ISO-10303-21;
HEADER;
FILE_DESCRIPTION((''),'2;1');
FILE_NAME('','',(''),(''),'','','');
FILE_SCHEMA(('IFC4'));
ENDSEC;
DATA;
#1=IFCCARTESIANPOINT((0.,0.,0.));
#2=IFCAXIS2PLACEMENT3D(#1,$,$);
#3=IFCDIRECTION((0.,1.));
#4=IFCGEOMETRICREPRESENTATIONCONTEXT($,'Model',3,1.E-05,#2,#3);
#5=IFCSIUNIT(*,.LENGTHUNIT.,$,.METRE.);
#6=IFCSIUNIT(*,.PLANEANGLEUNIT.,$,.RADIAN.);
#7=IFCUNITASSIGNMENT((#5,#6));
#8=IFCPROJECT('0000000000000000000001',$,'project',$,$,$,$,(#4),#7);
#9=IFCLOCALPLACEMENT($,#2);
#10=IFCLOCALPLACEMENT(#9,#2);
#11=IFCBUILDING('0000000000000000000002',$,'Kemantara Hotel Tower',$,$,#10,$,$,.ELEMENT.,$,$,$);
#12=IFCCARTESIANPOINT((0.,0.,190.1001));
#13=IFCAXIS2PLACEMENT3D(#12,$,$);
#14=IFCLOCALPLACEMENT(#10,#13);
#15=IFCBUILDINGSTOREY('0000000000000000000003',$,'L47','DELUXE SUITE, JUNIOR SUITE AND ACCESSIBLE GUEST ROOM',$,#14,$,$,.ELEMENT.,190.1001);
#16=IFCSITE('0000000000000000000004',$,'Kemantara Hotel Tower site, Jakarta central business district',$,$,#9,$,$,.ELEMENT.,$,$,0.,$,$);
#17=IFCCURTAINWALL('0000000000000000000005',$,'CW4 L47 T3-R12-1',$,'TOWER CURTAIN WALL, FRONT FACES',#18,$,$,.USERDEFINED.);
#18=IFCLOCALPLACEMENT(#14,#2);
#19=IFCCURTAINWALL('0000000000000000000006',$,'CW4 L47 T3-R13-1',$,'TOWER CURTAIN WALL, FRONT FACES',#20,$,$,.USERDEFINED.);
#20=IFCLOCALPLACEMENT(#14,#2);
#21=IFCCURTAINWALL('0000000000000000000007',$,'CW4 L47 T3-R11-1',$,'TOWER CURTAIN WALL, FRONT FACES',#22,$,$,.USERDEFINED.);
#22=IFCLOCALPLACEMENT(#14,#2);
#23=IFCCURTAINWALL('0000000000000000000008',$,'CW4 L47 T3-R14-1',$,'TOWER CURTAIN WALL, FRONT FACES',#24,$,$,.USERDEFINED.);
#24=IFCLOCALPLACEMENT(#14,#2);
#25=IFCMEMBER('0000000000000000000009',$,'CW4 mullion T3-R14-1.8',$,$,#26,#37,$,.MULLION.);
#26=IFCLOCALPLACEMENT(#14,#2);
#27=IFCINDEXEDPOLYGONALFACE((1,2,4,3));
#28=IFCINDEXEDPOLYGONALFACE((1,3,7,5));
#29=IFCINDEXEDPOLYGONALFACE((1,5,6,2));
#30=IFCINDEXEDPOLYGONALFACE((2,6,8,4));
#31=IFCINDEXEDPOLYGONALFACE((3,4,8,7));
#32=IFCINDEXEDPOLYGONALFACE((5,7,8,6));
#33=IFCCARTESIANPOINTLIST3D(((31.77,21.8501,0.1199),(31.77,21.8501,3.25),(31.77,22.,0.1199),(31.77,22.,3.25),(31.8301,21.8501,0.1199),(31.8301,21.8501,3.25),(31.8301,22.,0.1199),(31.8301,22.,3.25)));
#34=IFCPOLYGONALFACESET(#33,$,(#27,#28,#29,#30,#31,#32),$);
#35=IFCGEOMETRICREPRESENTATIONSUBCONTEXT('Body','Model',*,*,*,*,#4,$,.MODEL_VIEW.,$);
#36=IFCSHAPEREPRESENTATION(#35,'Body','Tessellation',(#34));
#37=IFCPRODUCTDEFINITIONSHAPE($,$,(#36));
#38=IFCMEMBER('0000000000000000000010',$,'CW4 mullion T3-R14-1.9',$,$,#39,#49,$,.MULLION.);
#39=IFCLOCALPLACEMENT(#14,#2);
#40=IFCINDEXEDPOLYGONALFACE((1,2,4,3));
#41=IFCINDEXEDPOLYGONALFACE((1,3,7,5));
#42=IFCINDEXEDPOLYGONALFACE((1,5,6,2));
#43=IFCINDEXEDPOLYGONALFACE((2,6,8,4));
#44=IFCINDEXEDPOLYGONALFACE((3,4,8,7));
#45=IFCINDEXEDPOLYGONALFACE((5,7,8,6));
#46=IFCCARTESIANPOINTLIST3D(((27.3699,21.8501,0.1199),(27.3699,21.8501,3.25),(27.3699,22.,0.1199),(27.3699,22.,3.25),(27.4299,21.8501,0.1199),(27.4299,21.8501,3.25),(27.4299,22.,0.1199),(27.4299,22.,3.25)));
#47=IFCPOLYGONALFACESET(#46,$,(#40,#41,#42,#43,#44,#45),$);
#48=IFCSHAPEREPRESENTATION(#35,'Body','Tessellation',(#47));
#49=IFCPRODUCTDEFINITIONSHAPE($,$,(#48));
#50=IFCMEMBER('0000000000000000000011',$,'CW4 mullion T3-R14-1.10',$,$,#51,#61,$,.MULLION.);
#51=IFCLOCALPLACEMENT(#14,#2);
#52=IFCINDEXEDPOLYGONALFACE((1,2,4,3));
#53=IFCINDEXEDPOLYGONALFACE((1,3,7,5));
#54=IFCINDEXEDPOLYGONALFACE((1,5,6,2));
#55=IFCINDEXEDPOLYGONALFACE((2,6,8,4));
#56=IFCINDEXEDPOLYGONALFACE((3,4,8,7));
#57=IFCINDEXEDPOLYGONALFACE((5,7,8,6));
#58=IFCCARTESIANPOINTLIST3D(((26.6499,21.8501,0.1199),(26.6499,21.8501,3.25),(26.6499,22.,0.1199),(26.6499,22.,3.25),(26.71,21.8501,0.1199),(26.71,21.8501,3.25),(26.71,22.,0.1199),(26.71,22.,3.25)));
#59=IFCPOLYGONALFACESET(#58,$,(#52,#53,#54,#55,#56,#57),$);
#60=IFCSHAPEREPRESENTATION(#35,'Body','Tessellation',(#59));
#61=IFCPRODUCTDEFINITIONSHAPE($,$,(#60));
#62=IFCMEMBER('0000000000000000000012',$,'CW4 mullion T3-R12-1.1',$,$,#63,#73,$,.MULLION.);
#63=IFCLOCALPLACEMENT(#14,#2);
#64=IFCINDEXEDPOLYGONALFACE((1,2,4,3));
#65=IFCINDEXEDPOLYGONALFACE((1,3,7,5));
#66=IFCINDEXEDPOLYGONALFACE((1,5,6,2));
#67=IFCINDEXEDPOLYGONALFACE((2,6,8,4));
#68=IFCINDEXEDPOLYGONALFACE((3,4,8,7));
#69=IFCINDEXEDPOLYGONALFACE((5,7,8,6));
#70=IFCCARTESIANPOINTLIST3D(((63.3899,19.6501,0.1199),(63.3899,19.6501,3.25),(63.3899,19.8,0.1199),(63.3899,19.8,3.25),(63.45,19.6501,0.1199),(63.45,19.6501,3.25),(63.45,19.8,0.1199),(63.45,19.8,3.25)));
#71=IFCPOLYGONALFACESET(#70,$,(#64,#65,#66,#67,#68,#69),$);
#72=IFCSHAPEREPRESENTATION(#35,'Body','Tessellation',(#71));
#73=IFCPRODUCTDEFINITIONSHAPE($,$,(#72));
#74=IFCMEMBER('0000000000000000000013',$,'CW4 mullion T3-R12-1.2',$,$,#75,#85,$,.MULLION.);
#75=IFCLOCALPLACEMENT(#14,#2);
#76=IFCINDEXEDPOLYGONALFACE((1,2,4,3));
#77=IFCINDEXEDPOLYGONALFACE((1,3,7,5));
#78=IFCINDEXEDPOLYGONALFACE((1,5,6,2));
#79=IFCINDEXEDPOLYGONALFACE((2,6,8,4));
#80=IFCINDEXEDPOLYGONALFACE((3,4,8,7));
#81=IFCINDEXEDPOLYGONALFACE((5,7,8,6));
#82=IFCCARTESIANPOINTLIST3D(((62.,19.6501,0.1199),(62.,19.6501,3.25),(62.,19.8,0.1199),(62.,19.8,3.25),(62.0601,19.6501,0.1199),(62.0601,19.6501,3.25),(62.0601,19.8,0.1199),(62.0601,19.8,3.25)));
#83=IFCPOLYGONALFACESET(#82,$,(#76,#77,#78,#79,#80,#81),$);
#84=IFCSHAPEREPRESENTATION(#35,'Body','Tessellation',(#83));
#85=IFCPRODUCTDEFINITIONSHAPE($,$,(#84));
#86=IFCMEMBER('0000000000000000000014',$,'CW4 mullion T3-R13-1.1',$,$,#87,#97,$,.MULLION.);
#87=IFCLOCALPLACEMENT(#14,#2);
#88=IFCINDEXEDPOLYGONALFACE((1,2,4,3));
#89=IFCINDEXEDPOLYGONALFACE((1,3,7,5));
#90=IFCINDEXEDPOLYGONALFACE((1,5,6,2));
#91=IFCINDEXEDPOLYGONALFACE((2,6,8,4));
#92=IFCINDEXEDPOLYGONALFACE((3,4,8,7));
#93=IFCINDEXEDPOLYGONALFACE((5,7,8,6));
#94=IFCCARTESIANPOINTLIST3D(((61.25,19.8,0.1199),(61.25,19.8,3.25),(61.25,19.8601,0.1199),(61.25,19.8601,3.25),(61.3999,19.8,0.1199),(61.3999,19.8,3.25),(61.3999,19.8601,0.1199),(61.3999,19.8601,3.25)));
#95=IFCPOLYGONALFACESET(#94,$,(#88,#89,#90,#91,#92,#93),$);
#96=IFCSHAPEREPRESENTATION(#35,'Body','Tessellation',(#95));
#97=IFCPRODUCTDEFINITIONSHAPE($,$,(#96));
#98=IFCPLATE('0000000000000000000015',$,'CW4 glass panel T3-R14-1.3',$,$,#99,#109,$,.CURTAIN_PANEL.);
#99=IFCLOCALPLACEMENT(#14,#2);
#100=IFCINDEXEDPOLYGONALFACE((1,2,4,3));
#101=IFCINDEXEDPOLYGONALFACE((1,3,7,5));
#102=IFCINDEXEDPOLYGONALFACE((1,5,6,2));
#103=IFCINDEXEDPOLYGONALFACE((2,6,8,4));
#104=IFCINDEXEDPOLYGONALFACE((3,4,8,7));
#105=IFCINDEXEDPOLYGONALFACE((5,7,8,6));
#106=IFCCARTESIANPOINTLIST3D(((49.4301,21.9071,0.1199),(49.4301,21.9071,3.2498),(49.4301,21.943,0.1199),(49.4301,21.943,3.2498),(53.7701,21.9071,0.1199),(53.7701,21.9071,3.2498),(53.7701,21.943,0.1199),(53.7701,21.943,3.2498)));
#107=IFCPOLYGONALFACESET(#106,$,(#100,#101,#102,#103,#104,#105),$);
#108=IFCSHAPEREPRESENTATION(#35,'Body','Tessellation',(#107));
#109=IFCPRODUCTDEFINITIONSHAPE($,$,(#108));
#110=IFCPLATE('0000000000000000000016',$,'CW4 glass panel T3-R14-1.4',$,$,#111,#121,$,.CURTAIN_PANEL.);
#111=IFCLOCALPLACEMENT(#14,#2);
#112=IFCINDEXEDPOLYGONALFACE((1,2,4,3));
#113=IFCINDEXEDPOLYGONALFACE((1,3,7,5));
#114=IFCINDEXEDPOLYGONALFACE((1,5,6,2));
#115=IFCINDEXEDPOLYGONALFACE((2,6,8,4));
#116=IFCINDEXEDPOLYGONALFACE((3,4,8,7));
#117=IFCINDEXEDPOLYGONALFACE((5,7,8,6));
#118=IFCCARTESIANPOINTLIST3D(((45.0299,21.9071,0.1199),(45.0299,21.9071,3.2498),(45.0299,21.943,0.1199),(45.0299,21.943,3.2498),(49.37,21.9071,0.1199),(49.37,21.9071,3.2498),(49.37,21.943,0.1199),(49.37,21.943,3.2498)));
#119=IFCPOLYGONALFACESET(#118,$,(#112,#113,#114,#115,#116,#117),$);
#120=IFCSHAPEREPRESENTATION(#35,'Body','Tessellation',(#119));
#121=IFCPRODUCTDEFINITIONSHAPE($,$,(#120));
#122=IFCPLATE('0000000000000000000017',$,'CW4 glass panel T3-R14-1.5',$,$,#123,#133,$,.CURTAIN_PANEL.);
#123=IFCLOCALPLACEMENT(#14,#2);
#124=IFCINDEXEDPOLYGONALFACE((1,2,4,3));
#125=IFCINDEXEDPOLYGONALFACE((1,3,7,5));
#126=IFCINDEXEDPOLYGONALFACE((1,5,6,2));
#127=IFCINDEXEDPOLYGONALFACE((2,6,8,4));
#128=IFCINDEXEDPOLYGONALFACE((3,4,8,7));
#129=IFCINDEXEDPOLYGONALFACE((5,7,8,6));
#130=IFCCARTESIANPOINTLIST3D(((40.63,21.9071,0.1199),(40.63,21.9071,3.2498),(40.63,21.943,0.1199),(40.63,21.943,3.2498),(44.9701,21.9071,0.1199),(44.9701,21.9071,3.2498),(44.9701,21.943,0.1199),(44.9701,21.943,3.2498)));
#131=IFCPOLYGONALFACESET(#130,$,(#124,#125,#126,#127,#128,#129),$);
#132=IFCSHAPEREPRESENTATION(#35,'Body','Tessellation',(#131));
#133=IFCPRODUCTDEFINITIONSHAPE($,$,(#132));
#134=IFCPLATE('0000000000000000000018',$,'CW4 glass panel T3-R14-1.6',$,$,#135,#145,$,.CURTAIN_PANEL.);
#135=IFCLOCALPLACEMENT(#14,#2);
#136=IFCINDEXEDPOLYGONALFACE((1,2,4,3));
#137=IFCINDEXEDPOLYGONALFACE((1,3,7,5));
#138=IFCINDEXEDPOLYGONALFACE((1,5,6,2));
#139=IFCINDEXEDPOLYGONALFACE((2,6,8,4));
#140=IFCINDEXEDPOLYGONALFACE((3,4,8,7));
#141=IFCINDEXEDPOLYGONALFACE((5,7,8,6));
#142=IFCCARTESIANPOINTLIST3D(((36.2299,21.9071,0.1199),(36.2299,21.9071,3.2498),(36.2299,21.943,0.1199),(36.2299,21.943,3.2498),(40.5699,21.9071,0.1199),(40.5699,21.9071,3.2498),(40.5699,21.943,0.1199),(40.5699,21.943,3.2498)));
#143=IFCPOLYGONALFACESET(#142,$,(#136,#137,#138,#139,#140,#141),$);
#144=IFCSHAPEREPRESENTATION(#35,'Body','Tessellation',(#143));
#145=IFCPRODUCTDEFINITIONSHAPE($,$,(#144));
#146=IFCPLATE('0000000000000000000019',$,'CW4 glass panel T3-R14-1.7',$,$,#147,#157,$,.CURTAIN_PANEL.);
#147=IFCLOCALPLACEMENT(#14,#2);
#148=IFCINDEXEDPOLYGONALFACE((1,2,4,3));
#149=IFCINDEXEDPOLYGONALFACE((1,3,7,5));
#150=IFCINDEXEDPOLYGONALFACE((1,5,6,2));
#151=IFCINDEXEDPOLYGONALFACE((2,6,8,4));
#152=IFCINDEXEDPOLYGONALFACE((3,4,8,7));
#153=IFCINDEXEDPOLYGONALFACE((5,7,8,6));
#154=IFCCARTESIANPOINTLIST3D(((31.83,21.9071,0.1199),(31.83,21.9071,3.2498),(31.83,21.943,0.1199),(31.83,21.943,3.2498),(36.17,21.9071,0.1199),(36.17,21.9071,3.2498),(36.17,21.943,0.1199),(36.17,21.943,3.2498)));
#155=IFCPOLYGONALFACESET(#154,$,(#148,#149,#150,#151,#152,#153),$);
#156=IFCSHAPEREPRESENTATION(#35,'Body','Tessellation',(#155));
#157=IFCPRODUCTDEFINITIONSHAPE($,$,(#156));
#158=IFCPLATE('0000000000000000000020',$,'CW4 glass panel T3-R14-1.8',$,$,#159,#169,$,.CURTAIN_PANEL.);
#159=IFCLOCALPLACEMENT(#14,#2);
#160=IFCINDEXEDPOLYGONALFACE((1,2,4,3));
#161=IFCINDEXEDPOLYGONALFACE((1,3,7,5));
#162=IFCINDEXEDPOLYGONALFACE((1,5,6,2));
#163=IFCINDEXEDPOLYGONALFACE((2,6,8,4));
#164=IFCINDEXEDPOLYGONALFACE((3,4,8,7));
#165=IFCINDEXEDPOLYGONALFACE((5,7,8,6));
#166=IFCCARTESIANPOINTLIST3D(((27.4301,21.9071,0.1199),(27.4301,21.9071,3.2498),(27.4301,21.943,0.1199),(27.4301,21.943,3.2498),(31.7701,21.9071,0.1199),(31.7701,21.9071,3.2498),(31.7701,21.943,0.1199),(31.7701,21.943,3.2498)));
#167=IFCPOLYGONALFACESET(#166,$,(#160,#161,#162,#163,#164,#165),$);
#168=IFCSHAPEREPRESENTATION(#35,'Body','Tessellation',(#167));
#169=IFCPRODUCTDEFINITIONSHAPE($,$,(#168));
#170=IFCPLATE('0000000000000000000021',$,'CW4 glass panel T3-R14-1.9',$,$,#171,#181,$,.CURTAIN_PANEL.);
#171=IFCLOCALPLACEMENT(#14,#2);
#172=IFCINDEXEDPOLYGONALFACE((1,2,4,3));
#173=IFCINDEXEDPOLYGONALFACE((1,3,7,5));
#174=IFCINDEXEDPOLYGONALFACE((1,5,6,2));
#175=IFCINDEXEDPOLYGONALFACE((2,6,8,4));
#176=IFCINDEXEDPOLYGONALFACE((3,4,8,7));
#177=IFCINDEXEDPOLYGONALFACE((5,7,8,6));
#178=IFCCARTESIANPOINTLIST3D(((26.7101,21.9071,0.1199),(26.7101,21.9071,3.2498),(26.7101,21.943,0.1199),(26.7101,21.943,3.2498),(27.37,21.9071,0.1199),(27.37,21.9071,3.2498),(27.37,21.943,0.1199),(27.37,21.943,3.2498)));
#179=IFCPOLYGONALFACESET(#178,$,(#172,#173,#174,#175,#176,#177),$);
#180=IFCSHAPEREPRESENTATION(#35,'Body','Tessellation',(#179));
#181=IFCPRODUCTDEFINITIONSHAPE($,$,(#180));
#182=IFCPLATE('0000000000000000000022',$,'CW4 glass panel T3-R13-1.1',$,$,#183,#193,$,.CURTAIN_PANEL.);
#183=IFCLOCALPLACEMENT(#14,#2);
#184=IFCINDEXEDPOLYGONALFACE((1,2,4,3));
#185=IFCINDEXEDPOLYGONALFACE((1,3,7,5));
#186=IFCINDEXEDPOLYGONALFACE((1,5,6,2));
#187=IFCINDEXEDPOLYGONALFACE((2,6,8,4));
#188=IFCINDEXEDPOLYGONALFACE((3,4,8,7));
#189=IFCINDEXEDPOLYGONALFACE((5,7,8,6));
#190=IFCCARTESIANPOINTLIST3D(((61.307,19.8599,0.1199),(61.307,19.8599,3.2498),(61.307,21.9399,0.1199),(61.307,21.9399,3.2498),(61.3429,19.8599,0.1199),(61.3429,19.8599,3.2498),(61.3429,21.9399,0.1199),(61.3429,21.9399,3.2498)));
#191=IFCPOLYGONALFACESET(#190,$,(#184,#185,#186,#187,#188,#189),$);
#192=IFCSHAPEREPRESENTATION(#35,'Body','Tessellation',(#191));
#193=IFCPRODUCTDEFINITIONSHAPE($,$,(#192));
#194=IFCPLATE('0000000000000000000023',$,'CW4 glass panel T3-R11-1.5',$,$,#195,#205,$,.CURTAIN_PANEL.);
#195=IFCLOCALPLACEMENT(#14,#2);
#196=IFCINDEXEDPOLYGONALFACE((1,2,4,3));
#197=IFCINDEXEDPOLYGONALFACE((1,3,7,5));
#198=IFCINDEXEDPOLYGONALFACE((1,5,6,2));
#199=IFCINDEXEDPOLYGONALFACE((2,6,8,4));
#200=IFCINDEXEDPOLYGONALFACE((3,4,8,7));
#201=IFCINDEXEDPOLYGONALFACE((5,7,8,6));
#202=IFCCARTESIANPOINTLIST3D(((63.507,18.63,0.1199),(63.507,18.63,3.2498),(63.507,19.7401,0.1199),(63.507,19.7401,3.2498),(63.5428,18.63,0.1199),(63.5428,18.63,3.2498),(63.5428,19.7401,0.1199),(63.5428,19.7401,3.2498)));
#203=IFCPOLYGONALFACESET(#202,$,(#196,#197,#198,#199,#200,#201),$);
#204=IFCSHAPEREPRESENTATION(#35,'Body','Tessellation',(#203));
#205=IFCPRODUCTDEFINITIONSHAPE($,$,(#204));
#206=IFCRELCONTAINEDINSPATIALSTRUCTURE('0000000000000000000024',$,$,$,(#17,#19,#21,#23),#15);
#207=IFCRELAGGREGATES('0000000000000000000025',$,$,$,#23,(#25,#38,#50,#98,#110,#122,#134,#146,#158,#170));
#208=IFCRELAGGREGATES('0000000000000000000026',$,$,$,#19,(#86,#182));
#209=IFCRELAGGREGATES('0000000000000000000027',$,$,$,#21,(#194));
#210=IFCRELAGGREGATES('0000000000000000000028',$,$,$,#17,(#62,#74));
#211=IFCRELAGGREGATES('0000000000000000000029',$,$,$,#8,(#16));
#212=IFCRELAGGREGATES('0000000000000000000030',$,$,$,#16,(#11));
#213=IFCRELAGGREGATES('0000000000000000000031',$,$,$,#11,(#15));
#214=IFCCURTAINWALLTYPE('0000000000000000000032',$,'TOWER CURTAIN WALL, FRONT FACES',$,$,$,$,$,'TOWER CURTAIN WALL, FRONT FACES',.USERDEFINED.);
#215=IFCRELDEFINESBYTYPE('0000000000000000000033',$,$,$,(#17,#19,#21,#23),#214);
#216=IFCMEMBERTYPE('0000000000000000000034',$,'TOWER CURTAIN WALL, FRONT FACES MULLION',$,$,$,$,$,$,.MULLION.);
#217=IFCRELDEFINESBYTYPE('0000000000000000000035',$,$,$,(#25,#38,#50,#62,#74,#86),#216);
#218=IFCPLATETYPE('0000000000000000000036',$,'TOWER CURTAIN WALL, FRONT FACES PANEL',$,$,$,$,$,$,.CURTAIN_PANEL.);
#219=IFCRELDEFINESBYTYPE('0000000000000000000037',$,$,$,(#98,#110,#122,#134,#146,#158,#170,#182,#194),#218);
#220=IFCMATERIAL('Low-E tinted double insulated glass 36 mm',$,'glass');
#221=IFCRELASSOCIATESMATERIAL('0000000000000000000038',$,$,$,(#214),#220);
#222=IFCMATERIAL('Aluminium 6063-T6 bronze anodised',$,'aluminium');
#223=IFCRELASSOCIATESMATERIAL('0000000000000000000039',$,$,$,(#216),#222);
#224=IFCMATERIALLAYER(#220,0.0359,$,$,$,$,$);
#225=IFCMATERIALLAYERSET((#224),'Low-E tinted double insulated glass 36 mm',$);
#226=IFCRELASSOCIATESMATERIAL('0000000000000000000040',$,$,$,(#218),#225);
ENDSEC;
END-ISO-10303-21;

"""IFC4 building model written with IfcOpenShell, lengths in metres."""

from ifc_helpers import new_model, si_unit, direction, frame, origin, origin_2d, place, context, subcontext, project, spatial, rectangle, extrude, source, transform, mapped, material, layer, layer_set, material_profile, profile_set, type_object, element, aggregate, save


model = new_model("IFC4")

# Units and contexts
model_context = context("Model", 3, precision=1e-05, world=origin(), true_north=direction((0.0, 1.0)))
body_context = subcontext(model_context, "Body", "Model", "MODEL_VIEW")
ifc_project = project(units=[si_unit("LENGTHUNIT", "METRE"), si_unit("PLANEANGLEUNIT", "RADIAN")], contexts=[model_context])

# Site, building, storey
site_placement = place(None, origin())
site = spatial("IfcSite", under=ifc_project, at=site_placement, Name="Kemantara Hotel Tower site, Jakarta central business district", CompositionType="ELEMENT", RefElevation=0.0)
building_placement = place(site_placement, origin())
building = spatial("IfcBuilding", under=site, at=building_placement, Name="Kemantara Hotel Tower", CompositionType="ELEMENT")
storey_placement = place(building_placement, frame((0.0, 0.0, 190.1001)))
storey = spatial("IfcBuildingStorey", under=building, at=storey_placement, Name="L47", Description="DELUXE SUITE, JUNIOR SUITE AND ACCESSIBLE GUEST ROOM", CompositionType="ELEMENT", Elevation=190.1001)

# Curtain walls
ifc_material_1 = material(Name="Low-E tinted double insulated glass 36 mm", Category="glass")
curtain_wall_type = type_object("IfcCurtainWallType", Name="TOWER CURTAIN WALL, FRONT FACES", ElementType="TOWER CURTAIN WALL, FRONT FACES", PredefinedType="USERDEFINED", material=ifc_material_1)
curtain_wall_1_placement = place(storey_placement, origin())
curtain_wall_1 = element("IfcCurtainWall", 1, at=curtain_wall_1_placement, inside=storey, type_object=curtain_wall_type, Name="CW4 L47 T3-R12-1", ObjectType="TOWER CURTAIN WALL, FRONT FACES", PredefinedType="USERDEFINED")
ifc_material_2 = material(Name="Aluminium 6063-T6 bronze anodised", Category="aluminium")
curtain_wall_2_placement = place(storey_placement, origin())
curtain_wall_2 = element("IfcCurtainWall", 2, at=curtain_wall_2_placement, inside=storey, type_object=curtain_wall_type, Name="CW4 L47 T3-R13-1", ObjectType="TOWER CURTAIN WALL, FRONT FACES", PredefinedType="USERDEFINED")

# Curtain walls, members
curtain_wall_3_placement = place(storey_placement, origin())
curtain_wall_3 = element("IfcCurtainWall", 3, at=curtain_wall_3_placement, inside=storey, type_object=curtain_wall_type, Name="CW4 L47 T3-R11-1", ObjectType="TOWER CURTAIN WALL, FRONT FACES", PredefinedType="USERDEFINED")
ifc_material_profile_1 = material_profile(ifc_material_2, rectangle(XDim=0.1499, YDim=0.0601, at=origin_2d()), Name="TOWER CURTAIN WALL, FRONT FACES MULLION")
ifc_profile_set_1 = profile_set([ifc_material_profile_1], Name="Aluminium 6063-T6 bronze anodised")
member_type_1 = type_object("IfcMemberType", Name="TOWER CURTAIN WALL, FRONT FACES MULLION", PredefinedType="MULLION", material=ifc_profile_set_1)
shared_shape_1 = source(origin(), body_context, "Body", "SweptSolid", [
    extrude(rectangle(XDim=0.1499, YDim=0.0601, at=origin_2d()), origin(), (0.0, 0.0, 1.0), 3.1301),
])
curtain_wall_4_placement = place(storey_placement, origin())
curtain_wall_4 = element("IfcCurtainWall", 4, at=curtain_wall_4_placement, inside=storey, type_object=curtain_wall_type, Name="CW4 L47 T3-R14-1", ObjectType="TOWER CURTAIN WALL, FRONT FACES", PredefinedType="USERDEFINED")
member_1_placement = place(storey_placement, frame((31.8, 21.925, 0.1199), z_axis=(0.0, 0.0, 1.0), x_axis=(0.0, -1.0, 0.0)))
member_1 = element("IfcMember", 5, at=member_1_placement, type_object=member_type_1, Name="CW4 mullion T3-R14-1.8", PredefinedType="MULLION", context=body_context, shape_type="MappedRepresentation", body=[
    mapped(shared_shape_1, transform((0.0, 0.0, 0.0))),
])
member_2_placement = place(storey_placement, frame((27.3999, 21.925, 0.1199), z_axis=(0.0, 0.0, 1.0), x_axis=(0.0, -1.0, 0.0)))
member_2 = element("IfcMember", 6, at=member_2_placement, type_object=member_type_1, Name="CW4 mullion T3-R14-1.9", PredefinedType="MULLION", context=body_context, shape_type="MappedRepresentation", body=[
    mapped(shared_shape_1, transform((0.0, 0.0, 0.0))),
])
member_3_placement = place(storey_placement, frame((26.6799, 21.925, 0.1199), z_axis=(0.0, 0.0, 1.0), x_axis=(0.0, -1.0, 0.0)))
member_3 = element("IfcMember", 7, at=member_3_placement, type_object=member_type_1, Name="CW4 mullion T3-R14-1.10", PredefinedType="MULLION", context=body_context, shape_type="MappedRepresentation", body=[
    mapped(shared_shape_1, transform((0.0, 0.0, 0.0))),
])

# Members
member_4_placement = place(storey_placement, frame((63.4199, 19.7251, 0.1199), z_axis=(0.0, 0.0, 1.0), x_axis=(0.0, -1.0, 0.0)))
member_4 = element("IfcMember", 8, at=member_4_placement, type_object=member_type_1, Name="CW4 mullion T3-R12-1.1", PredefinedType="MULLION", context=body_context, shape_type="MappedRepresentation", body=[
    mapped(shared_shape_1, transform((0.0, 0.0, 0.0))),
])
member_5_placement = place(storey_placement, frame((62.03, 19.7251, 0.1199), z_axis=(0.0, 0.0, 1.0), x_axis=(0.0, -1.0, 0.0)))
member_5 = element("IfcMember", 9, at=member_5_placement, type_object=member_type_1, Name="CW4 mullion T3-R12-1.2", PredefinedType="MULLION", context=body_context, shape_type="MappedRepresentation", body=[
    mapped(shared_shape_1, transform((0.0, 0.0, 0.0))),
])
member_6_placement = place(storey_placement, frame((61.325, 19.8301, 0.1199), z_axis=(0.0, 0.0, 1.0), x_axis=(-1.0, 0.0, 0.0)))
member_6 = element("IfcMember", 10, at=member_6_placement, type_object=member_type_1, Name="CW4 mullion T3-R13-1.1", PredefinedType="MULLION", context=body_context, shape_type="MappedRepresentation", body=[
    mapped(shared_shape_1, transform((0.0, 0.0, 0.0))),
])

# Plates
ifc_layer_1 = layer(ifc_material_1, 0.0359)
ifc_layer_set_1 = layer_set([ifc_layer_1], Name="Low-E tinted double insulated glass 36 mm")
plate_type = type_object("IfcPlateType", Name="TOWER CURTAIN WALL, FRONT FACES PANEL", PredefinedType="CURTAIN_PANEL", material=ifc_layer_set_1)
shared_shape_2 = source(origin(), body_context, "Body", "SweptSolid", [
    extrude(rectangle(XDim=4.3401, YDim=0.0359, at=origin_2d()), origin(), (0.0, 0.0, 1.0), 3.1299),
])
plate_1_placement = place(storey_placement, frame((51.6001, 21.925, 0.1199), z_axis=(0.0, 0.0, 1.0), x_axis=(-1.0, 0.0, 0.0)))
plate_1 = element("IfcPlate", 11, at=plate_1_placement, type_object=plate_type, Name="CW4 glass panel T3-R14-1.3", PredefinedType="CURTAIN_PANEL", context=body_context, shape_type="MappedRepresentation", body=[
    mapped(shared_shape_2, transform((0.0, 0.0, 0.0))),
])
plate_2_placement = place(storey_placement, frame((47.2, 21.925, 0.1199), z_axis=(0.0, 0.0, 1.0), x_axis=(-1.0, 0.0, 0.0)))
plate_2 = element("IfcPlate", 12, at=plate_2_placement, type_object=plate_type, Name="CW4 glass panel T3-R14-1.4", PredefinedType="CURTAIN_PANEL", context=body_context, shape_type="MappedRepresentation", body=[
    mapped(shared_shape_2, transform((0.0, 0.0, 0.0))),
])
plate_3_placement = place(storey_placement, frame((42.8, 21.925, 0.1199), z_axis=(0.0, 0.0, 1.0), x_axis=(-1.0, 0.0, 0.0)))
plate_3 = element("IfcPlate", 13, at=plate_3_placement, type_object=plate_type, Name="CW4 glass panel T3-R14-1.5", PredefinedType="CURTAIN_PANEL", context=body_context, shape_type="MappedRepresentation", body=[
    mapped(shared_shape_2, transform((0.0, 0.0, 0.0))),
])
plate_4_placement = place(storey_placement, frame((38.3999, 21.925, 0.1199), z_axis=(0.0, 0.0, 1.0), x_axis=(-1.0, 0.0, 0.0)))
plate_4 = element("IfcPlate", 14, at=plate_4_placement, type_object=plate_type, Name="CW4 glass panel T3-R14-1.6", PredefinedType="CURTAIN_PANEL", context=body_context, shape_type="MappedRepresentation", body=[
    mapped(shared_shape_2, transform((0.0, 0.0, 0.0))),
])
plate_5_placement = place(storey_placement, frame((34.0, 21.925, 0.1199), z_axis=(0.0, 0.0, 1.0), x_axis=(-1.0, 0.0, 0.0)))
plate_5 = element("IfcPlate", 15, at=plate_5_placement, type_object=plate_type, Name="CW4 glass panel T3-R14-1.7", PredefinedType="CURTAIN_PANEL", context=body_context, shape_type="MappedRepresentation", body=[
    mapped(shared_shape_2, transform((0.0, 0.0, 0.0))),
])
plate_6_placement = place(storey_placement, frame((29.6001, 21.925, 0.1199), z_axis=(0.0, 0.0, 1.0), x_axis=(-1.0, 0.0, 0.0)))
plate_6 = element("IfcPlate", 16, at=plate_6_placement, type_object=plate_type, Name="CW4 glass panel T3-R14-1.8", PredefinedType="CURTAIN_PANEL", context=body_context, shape_type="MappedRepresentation", body=[
    mapped(shared_shape_2, transform((0.0, 0.0, 0.0))),
])
shared_shape_3 = source(origin(), body_context, "Body", "SweptSolid", [
    extrude(rectangle(XDim=0.6599, YDim=0.0359, at=origin_2d()), origin(), (0.0, 0.0, 1.0), 3.1299),
])
plate_7_placement = place(storey_placement, frame((27.04, 21.925, 0.1199), z_axis=(0.0, 0.0, 1.0), x_axis=(-1.0, 0.0, 0.0)))
plate_7 = element("IfcPlate", 17, at=plate_7_placement, type_object=plate_type, Name="CW4 glass panel T3-R14-1.9", PredefinedType="CURTAIN_PANEL", context=body_context, shape_type="MappedRepresentation", body=[
    mapped(shared_shape_3, transform((0.0, 0.0, 0.0))),
])
aggregate(curtain_wall_4, [member_1, member_2, member_3, plate_1, plate_2, plate_3, plate_4, plate_5, plate_6, plate_7])
shared_shape_4 = source(origin(), body_context, "Body", "SweptSolid", [
    extrude(rectangle(XDim=2.0801, YDim=0.0359, at=origin_2d()), origin(), (0.0, 0.0, 1.0), 3.1299),
])
plate_8_placement = place(storey_placement, frame((61.325, 20.8999, 0.1199), z_axis=(0.0, 0.0, 1.0), x_axis=(0.0, 1.0, 0.0)))
plate_8 = element("IfcPlate", 18, at=plate_8_placement, type_object=plate_type, Name="CW4 glass panel T3-R13-1.1", PredefinedType="CURTAIN_PANEL", context=body_context, shape_type="MappedRepresentation", body=[
    mapped(shared_shape_4, transform((0.0, 0.0, 0.0))),
])
aggregate(curtain_wall_2, [member_6, plate_8])
shared_shape_5 = source(origin(), body_context, "Body", "SweptSolid", [
    extrude(rectangle(XDim=1.1101, YDim=0.0359, at=origin_2d()), origin(), (0.0, 0.0, 1.0), 3.1299),
])
plate_9_placement = place(storey_placement, frame((63.5249, 19.1851, 0.1199), z_axis=(0.0, 0.0, 1.0), x_axis=(0.0, 1.0, 0.0)))
plate_9 = element("IfcPlate", 19, at=plate_9_placement, type_object=plate_type, Name="CW4 glass panel T3-R11-1.5", PredefinedType="CURTAIN_PANEL", context=body_context, shape_type="MappedRepresentation", body=[
    mapped(shared_shape_5, transform((0.0, 0.0, 0.0))),
])
aggregate(curtain_wall_3, [plate_9])
aggregate(curtain_wall_1, [member_4, member_5])

save(model, "model.ifc")
